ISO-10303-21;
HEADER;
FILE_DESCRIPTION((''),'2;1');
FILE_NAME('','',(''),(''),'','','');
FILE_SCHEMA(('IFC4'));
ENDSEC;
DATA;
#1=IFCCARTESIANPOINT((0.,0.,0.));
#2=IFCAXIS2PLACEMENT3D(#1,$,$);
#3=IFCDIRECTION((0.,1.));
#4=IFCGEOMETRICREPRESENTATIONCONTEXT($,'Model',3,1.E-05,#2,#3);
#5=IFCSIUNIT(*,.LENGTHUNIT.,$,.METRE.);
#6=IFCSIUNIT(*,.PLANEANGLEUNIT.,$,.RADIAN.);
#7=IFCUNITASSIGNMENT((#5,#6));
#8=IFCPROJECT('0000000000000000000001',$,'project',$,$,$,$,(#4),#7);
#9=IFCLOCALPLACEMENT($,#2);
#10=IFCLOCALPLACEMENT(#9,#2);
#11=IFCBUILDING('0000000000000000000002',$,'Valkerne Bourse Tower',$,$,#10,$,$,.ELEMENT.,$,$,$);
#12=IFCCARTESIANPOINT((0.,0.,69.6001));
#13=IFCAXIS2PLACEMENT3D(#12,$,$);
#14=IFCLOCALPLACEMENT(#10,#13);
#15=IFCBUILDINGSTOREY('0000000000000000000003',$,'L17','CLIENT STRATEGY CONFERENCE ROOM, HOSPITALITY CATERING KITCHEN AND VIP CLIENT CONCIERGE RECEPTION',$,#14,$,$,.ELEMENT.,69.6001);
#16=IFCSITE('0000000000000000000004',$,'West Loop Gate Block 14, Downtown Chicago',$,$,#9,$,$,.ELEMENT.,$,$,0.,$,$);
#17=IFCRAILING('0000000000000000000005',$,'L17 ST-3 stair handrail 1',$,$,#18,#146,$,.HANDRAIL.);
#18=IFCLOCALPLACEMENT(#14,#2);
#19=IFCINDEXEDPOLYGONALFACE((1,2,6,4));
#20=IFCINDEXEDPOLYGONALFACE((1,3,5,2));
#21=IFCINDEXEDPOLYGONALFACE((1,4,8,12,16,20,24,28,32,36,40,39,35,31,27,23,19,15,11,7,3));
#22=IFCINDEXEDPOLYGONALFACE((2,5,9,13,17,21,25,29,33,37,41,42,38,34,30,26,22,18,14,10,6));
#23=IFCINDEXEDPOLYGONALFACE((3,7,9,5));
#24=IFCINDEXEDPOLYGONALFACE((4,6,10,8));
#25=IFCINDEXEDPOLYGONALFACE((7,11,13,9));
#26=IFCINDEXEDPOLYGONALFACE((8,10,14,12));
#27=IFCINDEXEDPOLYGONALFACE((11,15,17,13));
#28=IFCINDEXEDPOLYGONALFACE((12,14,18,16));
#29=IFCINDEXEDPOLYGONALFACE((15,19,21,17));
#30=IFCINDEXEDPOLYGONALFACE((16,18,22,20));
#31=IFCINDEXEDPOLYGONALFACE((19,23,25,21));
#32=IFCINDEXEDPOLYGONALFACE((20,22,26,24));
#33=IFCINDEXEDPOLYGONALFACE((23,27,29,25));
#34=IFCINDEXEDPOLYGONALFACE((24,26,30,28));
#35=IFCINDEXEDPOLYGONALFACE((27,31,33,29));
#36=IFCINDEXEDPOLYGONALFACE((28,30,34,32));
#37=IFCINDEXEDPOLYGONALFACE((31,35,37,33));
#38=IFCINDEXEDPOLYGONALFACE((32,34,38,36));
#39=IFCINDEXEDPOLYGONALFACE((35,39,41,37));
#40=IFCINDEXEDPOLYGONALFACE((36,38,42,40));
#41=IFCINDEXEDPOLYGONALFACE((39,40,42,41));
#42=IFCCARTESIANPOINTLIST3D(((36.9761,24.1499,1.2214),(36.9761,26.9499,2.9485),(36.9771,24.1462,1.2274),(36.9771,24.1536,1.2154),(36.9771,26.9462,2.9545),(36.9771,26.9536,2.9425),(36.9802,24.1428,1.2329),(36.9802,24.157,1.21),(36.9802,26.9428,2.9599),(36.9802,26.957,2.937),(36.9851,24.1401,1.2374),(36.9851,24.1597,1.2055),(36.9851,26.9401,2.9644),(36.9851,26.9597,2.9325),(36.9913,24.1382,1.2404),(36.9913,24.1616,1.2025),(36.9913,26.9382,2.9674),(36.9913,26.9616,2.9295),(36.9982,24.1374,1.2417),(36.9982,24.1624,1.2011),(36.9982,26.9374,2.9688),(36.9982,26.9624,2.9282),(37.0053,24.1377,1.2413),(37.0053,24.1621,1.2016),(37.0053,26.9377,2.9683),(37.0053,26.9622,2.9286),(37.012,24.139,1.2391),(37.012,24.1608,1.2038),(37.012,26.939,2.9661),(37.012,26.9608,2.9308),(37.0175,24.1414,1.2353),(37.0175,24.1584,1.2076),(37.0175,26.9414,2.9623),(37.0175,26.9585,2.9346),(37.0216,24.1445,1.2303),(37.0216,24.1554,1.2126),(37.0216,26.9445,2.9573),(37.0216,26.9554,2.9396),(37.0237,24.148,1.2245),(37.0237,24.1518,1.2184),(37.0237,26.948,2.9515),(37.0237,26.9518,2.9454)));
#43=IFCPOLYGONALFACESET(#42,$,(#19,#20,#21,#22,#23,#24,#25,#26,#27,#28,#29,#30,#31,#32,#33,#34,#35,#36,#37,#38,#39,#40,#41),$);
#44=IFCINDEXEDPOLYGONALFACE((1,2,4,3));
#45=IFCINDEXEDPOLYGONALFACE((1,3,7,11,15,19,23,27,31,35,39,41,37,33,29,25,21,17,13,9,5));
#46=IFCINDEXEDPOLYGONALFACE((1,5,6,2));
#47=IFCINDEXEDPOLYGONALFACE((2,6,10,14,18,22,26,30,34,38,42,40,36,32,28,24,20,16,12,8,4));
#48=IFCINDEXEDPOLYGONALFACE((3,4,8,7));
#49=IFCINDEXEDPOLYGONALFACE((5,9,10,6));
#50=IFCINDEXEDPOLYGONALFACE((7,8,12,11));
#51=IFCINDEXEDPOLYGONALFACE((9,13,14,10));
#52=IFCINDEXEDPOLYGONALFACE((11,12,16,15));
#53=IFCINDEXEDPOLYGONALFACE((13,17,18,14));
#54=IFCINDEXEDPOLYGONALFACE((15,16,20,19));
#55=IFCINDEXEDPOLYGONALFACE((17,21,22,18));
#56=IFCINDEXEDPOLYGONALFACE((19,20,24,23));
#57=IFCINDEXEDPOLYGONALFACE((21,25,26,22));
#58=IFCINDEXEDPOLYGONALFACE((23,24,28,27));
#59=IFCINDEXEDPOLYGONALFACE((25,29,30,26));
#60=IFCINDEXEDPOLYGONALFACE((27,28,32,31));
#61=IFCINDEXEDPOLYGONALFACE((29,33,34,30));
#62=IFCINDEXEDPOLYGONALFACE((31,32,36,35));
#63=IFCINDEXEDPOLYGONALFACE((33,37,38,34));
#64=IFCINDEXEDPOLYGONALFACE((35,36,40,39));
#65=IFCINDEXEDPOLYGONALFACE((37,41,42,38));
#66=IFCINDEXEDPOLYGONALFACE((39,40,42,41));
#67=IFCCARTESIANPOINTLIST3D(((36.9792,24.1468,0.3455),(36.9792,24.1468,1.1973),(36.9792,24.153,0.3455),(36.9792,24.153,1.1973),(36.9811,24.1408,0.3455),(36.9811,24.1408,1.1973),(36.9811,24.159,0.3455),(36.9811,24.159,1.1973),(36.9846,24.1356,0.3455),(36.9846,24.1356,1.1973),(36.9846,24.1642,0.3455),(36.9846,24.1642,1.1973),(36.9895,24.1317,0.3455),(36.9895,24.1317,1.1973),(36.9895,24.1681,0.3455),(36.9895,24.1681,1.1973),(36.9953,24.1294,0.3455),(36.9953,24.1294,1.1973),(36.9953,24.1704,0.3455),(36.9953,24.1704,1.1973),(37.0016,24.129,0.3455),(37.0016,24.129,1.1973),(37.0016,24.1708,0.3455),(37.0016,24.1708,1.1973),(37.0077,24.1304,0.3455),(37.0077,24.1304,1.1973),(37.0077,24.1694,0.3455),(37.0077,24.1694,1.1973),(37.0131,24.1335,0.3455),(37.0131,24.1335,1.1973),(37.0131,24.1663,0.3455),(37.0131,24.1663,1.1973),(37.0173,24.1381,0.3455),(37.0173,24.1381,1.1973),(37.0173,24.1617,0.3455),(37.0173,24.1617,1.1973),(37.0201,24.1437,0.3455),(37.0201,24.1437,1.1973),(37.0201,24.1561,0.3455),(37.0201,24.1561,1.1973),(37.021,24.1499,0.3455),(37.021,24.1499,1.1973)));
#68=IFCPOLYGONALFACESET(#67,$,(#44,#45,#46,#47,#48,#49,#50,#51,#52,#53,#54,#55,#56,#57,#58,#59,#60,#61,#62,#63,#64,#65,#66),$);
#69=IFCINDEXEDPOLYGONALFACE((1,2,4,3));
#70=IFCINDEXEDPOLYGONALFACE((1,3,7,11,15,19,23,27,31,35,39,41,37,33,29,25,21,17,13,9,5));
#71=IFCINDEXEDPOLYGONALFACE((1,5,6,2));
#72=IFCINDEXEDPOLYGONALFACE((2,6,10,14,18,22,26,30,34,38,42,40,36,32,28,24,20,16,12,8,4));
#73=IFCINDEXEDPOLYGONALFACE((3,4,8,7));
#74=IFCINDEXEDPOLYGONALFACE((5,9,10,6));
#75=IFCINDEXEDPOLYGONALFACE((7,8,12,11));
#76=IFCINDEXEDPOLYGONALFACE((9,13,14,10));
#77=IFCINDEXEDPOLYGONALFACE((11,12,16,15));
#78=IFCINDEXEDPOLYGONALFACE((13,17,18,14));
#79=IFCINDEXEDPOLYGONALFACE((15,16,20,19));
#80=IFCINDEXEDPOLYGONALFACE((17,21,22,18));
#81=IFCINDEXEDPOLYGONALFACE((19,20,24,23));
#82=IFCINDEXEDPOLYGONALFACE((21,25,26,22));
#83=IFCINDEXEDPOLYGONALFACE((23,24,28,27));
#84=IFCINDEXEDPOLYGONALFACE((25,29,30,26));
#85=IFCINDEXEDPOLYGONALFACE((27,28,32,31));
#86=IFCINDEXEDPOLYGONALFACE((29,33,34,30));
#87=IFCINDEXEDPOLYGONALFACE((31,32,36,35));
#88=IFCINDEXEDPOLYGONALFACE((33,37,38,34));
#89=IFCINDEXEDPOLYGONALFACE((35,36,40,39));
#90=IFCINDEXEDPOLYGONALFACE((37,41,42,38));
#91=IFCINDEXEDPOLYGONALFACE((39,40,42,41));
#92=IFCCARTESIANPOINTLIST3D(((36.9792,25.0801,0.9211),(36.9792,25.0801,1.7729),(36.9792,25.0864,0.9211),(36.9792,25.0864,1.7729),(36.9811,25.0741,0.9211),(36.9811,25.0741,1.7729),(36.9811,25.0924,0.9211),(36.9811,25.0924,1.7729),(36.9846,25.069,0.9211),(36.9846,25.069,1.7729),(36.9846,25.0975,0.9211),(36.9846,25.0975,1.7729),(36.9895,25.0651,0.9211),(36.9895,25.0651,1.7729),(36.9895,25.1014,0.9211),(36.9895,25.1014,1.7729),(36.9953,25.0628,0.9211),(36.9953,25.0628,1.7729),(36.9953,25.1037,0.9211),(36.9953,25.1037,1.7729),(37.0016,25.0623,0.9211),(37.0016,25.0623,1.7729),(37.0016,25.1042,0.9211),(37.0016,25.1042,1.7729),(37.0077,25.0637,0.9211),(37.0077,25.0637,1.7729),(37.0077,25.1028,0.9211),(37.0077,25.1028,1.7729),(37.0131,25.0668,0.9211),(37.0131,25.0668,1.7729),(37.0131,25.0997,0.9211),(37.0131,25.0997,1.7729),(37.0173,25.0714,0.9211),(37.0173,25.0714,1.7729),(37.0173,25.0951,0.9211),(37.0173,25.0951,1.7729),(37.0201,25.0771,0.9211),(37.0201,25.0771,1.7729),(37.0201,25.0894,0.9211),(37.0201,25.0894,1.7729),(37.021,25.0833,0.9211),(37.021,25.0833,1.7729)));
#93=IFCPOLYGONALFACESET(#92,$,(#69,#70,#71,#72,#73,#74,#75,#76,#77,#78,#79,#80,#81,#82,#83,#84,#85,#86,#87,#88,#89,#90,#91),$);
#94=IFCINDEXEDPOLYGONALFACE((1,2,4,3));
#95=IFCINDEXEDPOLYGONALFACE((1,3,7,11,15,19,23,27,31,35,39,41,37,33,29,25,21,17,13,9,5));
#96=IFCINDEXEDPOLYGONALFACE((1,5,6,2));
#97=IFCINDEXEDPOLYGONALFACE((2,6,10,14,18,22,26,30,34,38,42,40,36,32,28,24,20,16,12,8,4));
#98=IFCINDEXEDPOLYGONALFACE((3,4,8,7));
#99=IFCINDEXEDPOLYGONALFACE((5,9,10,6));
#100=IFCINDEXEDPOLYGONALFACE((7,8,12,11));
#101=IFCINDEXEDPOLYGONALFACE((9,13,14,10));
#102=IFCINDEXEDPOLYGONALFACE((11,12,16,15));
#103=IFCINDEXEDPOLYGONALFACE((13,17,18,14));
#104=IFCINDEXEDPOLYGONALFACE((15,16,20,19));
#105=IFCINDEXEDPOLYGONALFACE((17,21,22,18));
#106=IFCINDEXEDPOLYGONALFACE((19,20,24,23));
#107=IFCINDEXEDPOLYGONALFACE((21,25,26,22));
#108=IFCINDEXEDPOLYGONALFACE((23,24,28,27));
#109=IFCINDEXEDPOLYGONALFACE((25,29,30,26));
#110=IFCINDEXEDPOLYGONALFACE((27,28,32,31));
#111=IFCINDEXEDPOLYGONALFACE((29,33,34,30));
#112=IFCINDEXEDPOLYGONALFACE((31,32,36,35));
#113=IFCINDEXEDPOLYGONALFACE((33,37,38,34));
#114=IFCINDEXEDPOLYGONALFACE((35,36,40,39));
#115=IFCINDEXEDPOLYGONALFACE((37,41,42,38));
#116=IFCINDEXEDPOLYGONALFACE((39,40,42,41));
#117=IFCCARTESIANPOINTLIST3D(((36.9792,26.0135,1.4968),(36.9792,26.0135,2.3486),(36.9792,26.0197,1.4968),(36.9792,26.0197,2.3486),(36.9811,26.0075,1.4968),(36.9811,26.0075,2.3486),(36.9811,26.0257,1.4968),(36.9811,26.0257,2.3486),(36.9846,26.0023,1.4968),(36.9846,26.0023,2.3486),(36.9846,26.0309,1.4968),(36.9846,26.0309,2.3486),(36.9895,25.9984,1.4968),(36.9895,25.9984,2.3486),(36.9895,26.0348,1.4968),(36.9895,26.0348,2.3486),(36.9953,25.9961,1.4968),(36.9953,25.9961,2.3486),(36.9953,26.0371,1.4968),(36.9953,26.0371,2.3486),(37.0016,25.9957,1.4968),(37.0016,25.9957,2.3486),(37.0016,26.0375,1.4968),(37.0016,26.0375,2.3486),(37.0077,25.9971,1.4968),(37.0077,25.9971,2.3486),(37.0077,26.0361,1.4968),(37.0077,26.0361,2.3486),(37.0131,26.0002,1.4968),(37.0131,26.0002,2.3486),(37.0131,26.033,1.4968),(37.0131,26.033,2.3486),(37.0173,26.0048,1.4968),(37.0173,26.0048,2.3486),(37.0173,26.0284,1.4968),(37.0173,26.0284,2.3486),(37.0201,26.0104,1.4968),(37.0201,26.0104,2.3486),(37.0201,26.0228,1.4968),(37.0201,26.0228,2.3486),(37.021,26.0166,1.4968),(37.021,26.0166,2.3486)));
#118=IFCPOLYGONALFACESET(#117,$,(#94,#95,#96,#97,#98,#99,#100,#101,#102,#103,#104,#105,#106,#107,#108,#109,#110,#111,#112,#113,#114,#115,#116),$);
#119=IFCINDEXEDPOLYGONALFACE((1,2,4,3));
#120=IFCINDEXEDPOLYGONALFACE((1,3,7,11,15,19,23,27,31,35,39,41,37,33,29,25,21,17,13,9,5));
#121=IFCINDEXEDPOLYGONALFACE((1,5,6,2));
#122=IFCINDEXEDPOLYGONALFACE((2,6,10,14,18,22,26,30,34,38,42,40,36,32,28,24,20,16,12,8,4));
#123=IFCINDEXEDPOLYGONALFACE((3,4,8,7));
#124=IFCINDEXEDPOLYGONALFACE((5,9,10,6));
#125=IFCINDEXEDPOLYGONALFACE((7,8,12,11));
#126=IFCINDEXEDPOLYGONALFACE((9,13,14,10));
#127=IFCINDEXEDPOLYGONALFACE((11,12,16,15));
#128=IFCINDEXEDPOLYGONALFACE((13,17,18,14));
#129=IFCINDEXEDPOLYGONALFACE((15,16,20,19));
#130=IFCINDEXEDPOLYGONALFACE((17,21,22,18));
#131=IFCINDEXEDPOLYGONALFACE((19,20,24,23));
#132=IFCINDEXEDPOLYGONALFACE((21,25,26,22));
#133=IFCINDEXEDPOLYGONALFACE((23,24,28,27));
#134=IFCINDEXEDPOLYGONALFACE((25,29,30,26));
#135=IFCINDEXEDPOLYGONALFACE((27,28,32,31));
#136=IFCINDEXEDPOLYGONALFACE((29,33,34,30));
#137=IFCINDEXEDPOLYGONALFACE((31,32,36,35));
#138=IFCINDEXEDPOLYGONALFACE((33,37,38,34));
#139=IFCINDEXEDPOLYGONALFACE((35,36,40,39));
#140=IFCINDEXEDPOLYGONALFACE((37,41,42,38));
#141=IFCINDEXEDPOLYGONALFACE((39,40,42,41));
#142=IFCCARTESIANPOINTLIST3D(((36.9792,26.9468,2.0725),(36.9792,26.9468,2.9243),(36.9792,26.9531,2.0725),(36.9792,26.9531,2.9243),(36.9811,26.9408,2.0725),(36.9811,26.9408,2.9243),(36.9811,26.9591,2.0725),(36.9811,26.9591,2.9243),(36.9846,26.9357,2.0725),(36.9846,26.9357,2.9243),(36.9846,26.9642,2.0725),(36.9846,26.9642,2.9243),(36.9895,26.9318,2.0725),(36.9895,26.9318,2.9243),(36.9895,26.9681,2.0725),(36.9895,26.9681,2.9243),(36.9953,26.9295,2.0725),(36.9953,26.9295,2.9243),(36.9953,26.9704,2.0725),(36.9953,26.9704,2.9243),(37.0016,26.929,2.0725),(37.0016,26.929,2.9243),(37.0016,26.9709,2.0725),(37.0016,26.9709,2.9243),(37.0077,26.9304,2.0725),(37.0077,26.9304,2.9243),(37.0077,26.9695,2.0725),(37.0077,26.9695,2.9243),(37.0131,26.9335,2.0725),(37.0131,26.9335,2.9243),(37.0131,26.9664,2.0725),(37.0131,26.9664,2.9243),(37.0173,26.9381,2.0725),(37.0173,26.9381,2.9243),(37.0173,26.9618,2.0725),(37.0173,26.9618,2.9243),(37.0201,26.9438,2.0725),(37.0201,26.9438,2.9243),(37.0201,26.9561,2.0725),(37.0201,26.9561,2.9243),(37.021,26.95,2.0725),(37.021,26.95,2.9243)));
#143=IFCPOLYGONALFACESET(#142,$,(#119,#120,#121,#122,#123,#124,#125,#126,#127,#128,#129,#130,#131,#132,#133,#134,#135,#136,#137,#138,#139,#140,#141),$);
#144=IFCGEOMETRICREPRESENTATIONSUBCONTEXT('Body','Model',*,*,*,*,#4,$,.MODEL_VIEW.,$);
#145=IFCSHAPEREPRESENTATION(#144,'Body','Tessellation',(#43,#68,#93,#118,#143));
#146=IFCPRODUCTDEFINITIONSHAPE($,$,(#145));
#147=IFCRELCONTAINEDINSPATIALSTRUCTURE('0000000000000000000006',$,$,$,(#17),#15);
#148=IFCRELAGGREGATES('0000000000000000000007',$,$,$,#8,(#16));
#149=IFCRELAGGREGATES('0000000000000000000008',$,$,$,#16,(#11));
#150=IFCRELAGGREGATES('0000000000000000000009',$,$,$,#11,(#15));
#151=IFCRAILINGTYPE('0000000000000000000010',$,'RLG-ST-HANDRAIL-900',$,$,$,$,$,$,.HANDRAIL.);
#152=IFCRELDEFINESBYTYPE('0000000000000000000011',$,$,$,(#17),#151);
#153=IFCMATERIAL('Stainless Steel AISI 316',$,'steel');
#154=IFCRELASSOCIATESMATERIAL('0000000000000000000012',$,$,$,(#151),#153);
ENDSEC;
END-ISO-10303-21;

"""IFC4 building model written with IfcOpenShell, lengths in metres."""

from ifc_helpers import new_model, si_unit, direction, frame, origin, origin_2d, place, context, subcontext, project, spatial, circle, extrude, material, type_object, element, save


model = new_model("IFC4")

# Units and contexts
model_context = context("Model", 3, precision=1e-05, world=origin(), true_north=direction((0.0, 1.0)))
body_context = subcontext(model_context, "Body", "Model", "MODEL_VIEW")
ifc_project = project(units=[si_unit("LENGTHUNIT", "METRE"), si_unit("PLANEANGLEUNIT", "RADIAN")], contexts=[model_context])

# Site, building, storey
site_placement = place(None, origin())
site = spatial("IfcSite", under=ifc_project, at=site_placement, Name="West Loop Gate Block 14, Downtown Chicago", CompositionType="ELEMENT", RefElevation=0.0)
building_placement = place(site_placement, origin())
building = spatial("IfcBuilding", under=site, at=building_placement, Name="Valkerne Bourse Tower", CompositionType="ELEMENT")
storey_placement = place(building_placement, frame((0.0, 0.0, 69.6001)))
storey = spatial("IfcBuildingStorey", under=building, at=storey_placement, Name="L17", Description="CLIENT STRATEGY CONFERENCE ROOM, HOSPITALITY CATERING KITCHEN AND VIP CLIENT CONCIERGE RECEPTION", CompositionType="ELEMENT", Elevation=69.6001)

# Shared definitions
ifc_material_1 = material(Name="Stainless Steel AISI 316", Category="steel")

# Railing
railing_type_1 = type_object("IfcRailingType", Name="RLG-ST-HANDRAIL-900", PredefinedType="HANDRAIL", material=ifc_material_1)
railing_1_placement = place(storey_placement, frame((37.0, 24.1499, 0.3455)))
element("IfcRailing", 1, at=railing_1_placement, inside=storey, type_object=railing_type_1, Name="L17 ST-3 stair handrail 1", PredefinedType="HANDRAIL", context=body_context, shape_type="SweptSolid", body=[
    extrude(circle(Radius=0.0239, at=origin_2d()), frame((0.0, 0.0, 0.876), z_axis=(0.0, 0.851123, 0.524967), x_axis=(-1.0, 0.0, 0.0)), (0.0, 0.0, 1.0), 3.2898),
    extrude(circle(Radius=0.021, at=origin_2d()), origin(), (0.0, 0.0, 1.0), 0.8518),
    extrude(circle(Radius=0.021, at=origin_2d()), frame((0.0, 0.9333, 0.5757)), (0.0, 0.0, 1.0), 0.8518),
    extrude(circle(Radius=0.021, at=origin_2d()), frame((0.0, 1.8667, 1.1514)), (0.0, 0.0, 1.0), 0.8518),
    extrude(circle(Radius=0.021, at=origin_2d()), frame((0.0, 2.8, 1.7271)), (0.0, 0.0, 1.0), 0.8518),
])

save(model, "model.ifc")
